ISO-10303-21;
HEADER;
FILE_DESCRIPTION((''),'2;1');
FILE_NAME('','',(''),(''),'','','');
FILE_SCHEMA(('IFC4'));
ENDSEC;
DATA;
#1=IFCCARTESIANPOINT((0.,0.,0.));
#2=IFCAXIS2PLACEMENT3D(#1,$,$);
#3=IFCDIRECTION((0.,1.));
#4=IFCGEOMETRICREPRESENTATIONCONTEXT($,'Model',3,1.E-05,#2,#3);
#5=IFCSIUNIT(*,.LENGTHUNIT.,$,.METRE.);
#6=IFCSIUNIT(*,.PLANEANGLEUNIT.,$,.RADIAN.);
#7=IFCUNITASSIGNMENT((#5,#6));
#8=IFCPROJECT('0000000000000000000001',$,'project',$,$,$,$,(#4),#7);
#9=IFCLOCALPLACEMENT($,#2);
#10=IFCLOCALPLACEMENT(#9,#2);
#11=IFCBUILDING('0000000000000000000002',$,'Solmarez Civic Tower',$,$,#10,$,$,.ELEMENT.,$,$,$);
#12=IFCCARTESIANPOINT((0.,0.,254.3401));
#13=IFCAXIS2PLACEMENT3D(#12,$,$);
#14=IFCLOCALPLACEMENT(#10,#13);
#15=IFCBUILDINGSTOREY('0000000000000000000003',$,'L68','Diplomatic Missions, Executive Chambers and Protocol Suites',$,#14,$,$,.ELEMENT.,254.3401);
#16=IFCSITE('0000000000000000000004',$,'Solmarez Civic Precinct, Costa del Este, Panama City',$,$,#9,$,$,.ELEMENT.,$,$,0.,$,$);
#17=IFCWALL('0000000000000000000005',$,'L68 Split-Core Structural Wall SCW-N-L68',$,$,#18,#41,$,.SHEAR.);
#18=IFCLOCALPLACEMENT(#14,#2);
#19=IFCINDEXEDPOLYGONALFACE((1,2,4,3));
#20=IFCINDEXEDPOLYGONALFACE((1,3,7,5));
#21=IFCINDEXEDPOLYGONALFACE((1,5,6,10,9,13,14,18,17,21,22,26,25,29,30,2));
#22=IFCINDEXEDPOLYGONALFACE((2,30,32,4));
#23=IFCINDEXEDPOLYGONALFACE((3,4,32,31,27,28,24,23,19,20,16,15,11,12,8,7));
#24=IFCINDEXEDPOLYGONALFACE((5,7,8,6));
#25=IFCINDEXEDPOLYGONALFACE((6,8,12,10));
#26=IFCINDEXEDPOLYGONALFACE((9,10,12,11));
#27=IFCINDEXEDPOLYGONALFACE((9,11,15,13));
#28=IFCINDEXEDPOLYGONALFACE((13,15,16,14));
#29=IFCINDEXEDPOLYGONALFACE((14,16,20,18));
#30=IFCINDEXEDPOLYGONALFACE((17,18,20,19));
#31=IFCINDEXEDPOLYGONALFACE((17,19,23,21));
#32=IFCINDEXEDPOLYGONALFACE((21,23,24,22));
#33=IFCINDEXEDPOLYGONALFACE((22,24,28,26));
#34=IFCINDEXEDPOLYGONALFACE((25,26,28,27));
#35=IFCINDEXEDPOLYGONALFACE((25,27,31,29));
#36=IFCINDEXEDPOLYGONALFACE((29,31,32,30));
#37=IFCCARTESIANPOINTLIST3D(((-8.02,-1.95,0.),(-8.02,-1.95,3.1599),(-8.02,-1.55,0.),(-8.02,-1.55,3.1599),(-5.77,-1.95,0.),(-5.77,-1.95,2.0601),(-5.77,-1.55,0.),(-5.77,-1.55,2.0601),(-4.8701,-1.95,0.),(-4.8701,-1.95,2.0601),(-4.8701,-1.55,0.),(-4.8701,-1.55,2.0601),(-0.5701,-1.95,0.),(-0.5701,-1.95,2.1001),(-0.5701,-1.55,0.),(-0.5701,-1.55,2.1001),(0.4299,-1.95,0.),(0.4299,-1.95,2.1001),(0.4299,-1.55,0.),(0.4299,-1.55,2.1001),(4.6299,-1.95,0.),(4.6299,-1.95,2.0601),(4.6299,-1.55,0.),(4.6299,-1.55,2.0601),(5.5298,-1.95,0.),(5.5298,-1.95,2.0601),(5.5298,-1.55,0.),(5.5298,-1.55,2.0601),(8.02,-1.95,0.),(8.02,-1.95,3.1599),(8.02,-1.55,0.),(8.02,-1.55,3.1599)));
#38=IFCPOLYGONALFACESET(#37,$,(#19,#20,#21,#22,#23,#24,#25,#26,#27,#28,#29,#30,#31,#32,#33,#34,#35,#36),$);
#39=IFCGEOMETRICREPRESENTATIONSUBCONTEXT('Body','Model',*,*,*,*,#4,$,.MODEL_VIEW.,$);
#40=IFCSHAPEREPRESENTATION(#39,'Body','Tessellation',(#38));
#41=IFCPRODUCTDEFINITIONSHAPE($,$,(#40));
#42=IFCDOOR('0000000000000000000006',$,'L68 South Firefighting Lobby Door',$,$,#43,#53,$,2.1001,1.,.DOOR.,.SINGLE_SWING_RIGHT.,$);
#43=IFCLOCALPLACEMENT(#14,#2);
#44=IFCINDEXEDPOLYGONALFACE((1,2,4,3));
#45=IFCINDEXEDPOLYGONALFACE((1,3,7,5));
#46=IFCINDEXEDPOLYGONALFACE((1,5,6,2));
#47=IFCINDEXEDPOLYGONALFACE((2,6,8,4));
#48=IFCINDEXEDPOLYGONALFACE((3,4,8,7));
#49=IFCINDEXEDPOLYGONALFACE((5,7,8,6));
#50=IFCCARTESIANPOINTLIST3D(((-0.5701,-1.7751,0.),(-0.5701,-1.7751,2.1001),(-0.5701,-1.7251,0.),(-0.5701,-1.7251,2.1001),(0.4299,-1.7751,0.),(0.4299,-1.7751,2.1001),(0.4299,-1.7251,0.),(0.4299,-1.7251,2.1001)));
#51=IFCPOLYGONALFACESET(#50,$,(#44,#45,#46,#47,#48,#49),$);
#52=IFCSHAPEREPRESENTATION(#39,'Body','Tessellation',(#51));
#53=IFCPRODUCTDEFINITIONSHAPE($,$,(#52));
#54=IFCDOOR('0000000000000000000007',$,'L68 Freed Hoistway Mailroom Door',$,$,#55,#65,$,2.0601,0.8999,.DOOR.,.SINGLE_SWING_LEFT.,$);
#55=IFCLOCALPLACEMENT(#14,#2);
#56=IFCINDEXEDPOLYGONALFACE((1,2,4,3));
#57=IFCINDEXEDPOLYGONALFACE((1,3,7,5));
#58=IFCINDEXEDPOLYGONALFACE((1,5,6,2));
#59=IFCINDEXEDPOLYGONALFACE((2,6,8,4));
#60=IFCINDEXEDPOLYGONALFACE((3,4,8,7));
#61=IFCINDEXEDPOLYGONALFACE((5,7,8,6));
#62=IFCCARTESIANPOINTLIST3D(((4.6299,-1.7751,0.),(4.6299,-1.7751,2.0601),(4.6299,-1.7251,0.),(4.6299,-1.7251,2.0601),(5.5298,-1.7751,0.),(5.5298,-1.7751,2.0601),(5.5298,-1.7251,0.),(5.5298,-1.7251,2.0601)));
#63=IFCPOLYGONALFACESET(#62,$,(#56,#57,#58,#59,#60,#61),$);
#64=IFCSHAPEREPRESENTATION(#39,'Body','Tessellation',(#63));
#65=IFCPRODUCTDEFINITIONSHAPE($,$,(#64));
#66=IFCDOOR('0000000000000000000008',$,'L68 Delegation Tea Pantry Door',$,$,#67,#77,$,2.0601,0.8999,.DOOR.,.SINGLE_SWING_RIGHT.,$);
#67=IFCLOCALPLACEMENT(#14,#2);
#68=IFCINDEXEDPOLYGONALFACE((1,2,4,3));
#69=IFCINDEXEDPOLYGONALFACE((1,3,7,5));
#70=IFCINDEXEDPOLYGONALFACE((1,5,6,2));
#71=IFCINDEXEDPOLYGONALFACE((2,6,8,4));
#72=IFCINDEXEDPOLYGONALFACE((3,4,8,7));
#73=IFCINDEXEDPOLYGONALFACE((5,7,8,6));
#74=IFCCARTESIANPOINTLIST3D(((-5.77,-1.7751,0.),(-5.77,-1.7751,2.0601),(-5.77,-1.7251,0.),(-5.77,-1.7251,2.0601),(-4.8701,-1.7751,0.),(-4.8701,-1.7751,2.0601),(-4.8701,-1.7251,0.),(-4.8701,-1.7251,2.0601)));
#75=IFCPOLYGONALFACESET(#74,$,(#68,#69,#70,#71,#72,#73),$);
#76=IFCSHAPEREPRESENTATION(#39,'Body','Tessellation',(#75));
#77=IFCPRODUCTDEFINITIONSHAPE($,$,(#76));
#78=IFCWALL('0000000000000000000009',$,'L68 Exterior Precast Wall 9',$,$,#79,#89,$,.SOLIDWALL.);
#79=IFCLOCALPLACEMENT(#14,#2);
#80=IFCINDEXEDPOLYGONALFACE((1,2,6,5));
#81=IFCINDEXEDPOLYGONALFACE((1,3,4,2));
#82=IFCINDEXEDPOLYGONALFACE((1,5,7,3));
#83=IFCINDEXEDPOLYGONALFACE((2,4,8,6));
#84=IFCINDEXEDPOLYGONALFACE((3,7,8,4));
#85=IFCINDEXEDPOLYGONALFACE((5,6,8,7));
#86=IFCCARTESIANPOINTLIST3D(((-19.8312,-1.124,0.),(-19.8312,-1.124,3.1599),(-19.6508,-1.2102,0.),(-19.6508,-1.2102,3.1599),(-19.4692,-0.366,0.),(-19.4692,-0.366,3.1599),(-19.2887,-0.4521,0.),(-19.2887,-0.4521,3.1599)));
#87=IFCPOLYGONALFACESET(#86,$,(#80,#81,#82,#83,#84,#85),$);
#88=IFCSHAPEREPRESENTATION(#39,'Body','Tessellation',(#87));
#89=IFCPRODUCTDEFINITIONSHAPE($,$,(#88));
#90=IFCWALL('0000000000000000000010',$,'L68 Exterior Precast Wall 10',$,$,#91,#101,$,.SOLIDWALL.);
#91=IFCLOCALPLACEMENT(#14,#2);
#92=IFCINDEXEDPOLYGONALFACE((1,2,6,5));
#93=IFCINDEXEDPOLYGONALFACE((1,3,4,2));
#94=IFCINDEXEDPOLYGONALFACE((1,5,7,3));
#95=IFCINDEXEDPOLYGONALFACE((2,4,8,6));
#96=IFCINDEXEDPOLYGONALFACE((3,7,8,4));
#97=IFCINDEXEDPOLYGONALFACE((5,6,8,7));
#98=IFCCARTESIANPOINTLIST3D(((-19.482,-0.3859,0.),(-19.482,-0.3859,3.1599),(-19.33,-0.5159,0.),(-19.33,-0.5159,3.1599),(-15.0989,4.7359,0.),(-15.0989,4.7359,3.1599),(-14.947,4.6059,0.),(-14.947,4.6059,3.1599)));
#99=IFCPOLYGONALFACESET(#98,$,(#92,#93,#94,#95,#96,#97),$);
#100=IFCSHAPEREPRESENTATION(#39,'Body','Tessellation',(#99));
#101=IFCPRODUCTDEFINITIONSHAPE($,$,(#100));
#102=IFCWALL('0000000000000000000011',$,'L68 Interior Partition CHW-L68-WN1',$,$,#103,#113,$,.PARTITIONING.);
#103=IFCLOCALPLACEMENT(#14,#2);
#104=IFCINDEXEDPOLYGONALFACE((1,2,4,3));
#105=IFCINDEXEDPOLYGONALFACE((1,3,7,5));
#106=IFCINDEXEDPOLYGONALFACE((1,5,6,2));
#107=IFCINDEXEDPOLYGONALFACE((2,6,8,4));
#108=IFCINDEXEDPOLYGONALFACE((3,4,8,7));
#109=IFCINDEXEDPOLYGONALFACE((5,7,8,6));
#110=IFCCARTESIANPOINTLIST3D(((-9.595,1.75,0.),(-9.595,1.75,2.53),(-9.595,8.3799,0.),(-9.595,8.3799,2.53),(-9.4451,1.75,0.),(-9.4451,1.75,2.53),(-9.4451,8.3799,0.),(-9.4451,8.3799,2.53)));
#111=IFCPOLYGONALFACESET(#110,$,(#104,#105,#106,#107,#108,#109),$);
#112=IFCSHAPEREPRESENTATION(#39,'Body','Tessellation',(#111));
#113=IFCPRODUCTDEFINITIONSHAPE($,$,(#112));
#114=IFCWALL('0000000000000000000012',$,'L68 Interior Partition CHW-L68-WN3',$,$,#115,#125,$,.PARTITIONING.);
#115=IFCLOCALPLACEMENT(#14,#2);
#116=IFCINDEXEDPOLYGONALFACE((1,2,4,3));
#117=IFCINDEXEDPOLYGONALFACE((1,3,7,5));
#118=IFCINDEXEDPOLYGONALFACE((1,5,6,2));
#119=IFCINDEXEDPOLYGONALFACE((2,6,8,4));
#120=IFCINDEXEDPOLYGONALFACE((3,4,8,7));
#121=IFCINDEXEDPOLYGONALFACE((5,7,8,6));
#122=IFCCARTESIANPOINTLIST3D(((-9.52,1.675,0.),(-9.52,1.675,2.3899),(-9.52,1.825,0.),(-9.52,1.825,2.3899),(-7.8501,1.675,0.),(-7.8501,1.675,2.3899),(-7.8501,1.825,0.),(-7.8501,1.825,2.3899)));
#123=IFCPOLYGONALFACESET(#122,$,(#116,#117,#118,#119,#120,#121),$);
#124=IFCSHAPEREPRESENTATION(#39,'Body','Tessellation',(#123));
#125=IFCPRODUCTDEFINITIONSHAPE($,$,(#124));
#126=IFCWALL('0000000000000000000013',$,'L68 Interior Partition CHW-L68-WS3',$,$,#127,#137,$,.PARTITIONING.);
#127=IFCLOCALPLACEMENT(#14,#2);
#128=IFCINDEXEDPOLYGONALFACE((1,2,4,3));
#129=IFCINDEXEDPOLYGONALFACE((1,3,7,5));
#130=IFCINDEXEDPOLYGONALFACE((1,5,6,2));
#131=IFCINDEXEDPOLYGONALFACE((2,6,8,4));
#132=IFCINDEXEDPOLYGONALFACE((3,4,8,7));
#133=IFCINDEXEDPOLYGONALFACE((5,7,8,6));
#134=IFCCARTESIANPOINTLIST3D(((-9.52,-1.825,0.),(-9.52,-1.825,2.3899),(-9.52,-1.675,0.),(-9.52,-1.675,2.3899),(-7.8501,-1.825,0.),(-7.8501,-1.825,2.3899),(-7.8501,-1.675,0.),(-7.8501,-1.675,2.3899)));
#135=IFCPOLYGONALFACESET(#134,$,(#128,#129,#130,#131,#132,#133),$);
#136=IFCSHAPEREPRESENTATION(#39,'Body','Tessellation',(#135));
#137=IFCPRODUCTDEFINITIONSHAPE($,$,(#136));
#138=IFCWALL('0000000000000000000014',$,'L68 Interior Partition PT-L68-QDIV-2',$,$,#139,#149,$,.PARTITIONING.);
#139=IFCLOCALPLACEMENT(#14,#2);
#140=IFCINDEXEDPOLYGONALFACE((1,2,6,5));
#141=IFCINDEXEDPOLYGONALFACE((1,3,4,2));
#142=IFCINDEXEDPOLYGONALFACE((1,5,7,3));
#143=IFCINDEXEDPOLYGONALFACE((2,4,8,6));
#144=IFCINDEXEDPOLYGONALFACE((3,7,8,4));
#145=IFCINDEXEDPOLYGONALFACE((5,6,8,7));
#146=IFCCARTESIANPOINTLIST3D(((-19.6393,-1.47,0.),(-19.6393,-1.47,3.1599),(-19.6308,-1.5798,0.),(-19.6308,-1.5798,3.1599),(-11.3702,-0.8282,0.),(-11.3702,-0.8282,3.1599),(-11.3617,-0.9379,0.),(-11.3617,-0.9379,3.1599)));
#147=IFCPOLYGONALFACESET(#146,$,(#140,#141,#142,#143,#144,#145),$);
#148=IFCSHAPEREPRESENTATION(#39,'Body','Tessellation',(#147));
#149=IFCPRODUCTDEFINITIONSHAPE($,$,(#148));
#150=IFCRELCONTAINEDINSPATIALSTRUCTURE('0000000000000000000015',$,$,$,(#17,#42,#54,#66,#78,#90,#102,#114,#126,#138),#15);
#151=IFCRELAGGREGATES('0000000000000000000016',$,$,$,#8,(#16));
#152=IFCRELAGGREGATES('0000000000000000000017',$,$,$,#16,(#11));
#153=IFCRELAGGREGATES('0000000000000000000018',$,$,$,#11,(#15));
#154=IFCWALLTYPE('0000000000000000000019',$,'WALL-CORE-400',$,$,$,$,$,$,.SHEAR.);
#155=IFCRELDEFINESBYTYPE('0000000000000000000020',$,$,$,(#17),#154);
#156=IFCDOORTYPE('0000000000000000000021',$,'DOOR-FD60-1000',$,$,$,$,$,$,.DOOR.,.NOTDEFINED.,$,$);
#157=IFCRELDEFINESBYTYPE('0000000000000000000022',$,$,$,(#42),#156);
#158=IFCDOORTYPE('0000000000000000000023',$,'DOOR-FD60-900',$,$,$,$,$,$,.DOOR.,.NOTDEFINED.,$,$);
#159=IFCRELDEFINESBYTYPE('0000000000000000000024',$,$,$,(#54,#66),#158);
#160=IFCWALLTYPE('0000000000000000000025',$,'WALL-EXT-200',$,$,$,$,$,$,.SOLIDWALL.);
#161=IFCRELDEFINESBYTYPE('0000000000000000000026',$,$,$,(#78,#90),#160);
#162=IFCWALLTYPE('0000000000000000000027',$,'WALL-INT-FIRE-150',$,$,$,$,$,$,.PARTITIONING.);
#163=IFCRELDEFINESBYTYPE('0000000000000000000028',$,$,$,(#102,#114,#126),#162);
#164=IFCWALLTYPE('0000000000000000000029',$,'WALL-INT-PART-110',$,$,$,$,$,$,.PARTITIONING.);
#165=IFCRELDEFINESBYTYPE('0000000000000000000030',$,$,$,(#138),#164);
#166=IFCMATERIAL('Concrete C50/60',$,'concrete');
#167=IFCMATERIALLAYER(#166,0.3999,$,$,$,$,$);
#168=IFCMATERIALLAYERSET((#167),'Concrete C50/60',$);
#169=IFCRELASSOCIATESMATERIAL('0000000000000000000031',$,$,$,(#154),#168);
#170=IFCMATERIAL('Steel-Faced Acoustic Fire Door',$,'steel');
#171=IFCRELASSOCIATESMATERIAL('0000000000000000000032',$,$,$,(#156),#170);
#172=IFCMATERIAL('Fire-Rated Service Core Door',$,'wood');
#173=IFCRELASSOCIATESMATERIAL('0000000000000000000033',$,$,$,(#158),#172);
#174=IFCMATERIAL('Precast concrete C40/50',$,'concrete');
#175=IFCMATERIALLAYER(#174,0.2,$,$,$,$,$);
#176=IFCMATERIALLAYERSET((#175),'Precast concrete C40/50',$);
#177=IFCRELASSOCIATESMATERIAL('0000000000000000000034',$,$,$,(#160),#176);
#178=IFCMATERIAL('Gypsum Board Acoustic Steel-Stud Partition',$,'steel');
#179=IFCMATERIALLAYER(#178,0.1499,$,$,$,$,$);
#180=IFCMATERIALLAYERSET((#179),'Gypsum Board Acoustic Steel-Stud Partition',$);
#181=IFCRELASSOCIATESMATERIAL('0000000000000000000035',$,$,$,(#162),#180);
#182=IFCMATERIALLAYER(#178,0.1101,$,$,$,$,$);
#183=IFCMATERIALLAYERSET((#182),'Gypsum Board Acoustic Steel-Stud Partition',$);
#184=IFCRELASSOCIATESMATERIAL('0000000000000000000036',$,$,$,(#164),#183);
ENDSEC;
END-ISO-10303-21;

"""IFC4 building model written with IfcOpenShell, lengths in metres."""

from ifc_helpers import new_model, si_unit, direction, frame, frame_2d, origin, place, context, subcontext, project, spatial, rectangle, extrude, material, layer, layer_set, type_object, element, fill, save


model = new_model("IFC4")

# Units and contexts
model_context = context("Model", 3, precision=1e-05, world=origin(), true_north=direction((0.0, 1.0)))
body_context = subcontext(model_context, "Body", "Model", "MODEL_VIEW")
ifc_project = project(units=[si_unit("LENGTHUNIT", "METRE"), si_unit("PLANEANGLEUNIT", "RADIAN")], contexts=[model_context])

# Site, building, storey
site_placement = place(None, origin())
site = spatial("IfcSite", under=ifc_project, at=site_placement, Name="Solmarez Civic Precinct, Costa del Este, Panama City", CompositionType="ELEMENT", RefElevation=0.0)
building_placement = place(site_placement, origin())
building = spatial("IfcBuilding", under=site, at=building_placement, Name="Solmarez Civic Tower", CompositionType="ELEMENT")
storey_placement = place(building_placement, frame((0.0, 0.0, 254.3401)))
storey = spatial("IfcBuildingStorey", under=building, at=storey_placement, Name="L68", Description="Diplomatic Missions, Executive Chambers and Protocol Suites", CompositionType="ELEMENT", Elevation=254.3401)

# Shared definitions
ifc_material_1 = material(Name="Concrete C50/60", Category="concrete")

# Shared definitions
ifc_layer_1 = layer(ifc_material_1, 0.3999)
ifc_layer_set_1 = layer_set([ifc_layer_1], Name="Concrete C50/60")
wall_type_1 = type_object("IfcWallType", Name="WALL-CORE-400", PredefinedType="SHEAR", material=ifc_layer_set_1)

# Wall, openings, doors
wall_1_placement = place(storey_placement, frame((-8.02, -1.75, 0.0), z_axis=(0.0, 0.0, 1.0), x_axis=(1.0, 0.0, 0.0)))
wall_1 = element("IfcWall", 1, at=wall_1_placement, inside=storey, type_object=wall_type_1, Name="L68 Split-Core Structural Wall SCW-N-L68", PredefinedType="SHEAR", context=body_context, shape_type="SweptSolid", body=[
    extrude(rectangle(XDim=16.04, YDim=0.3999, at=frame_2d((8.02, 0.0))), origin(), (0.0, 0.0, 1.0), 3.1599),
])
opening_1_placement = place(wall_1_placement, frame((7.45, 0.0, 0.0)))
opening_1 = element("IfcOpeningElement", 2, at=opening_1_placement, cuts=wall_1, PredefinedType="OPENING", context=body_context, shape_type="SweptSolid", body=[
    extrude(rectangle(XDim=1.0, YDim=2.1001, at=frame_2d((0.5, 1.05))), frame((0.0, 0.21, 0.0), z_axis=(0.0, -1.0, 0.0), x_axis=(1.0, 0.0, 0.0)), (0.0, 0.0, 1.0), 0.4199),
])
opening_2_placement = place(wall_1_placement, frame((12.6499, 0.0, 0.0)))
opening_2 = element("IfcOpeningElement", 3, at=opening_2_placement, cuts=wall_1, PredefinedType="OPENING", context=body_context, shape_type="SweptSolid", body=[
    extrude(rectangle(XDim=0.8999, YDim=2.0601, at=frame_2d((0.45, 1.03))), frame((0.0, 0.21, 0.0), z_axis=(0.0, -1.0, 0.0), x_axis=(1.0, 0.0, 0.0)), (0.0, 0.0, 1.0), 0.4199),
])
opening_3_placement = place(wall_1_placement, frame((2.25, 0.0, 0.0)))
opening_3 = element("IfcOpeningElement", 4, at=opening_3_placement, cuts=wall_1, PredefinedType="OPENING", context=body_context, shape_type="SweptSolid", body=[
    extrude(rectangle(XDim=0.8999, YDim=2.0601, at=frame_2d((0.45, 1.03))), frame((0.0, 0.21, 0.0), z_axis=(0.0, -1.0, 0.0), x_axis=(1.0, 0.0, 0.0)), (0.0, 0.0, 1.0), 0.4199),
])
ifc_material_2 = material(Name="Steel-Faced Acoustic Fire Door", Category="steel")
door_type_1 = type_object("IfcDoorType", Name="DOOR-FD60-1000", OperationType="NOTDEFINED", PredefinedType="DOOR", material=ifc_material_2)
door_1_placement = place(opening_1_placement, origin())
door_1 = element("IfcDoor", 5, at=door_1_placement, inside=storey, type_object=door_type_1, Name="L68 South Firefighting Lobby Door", OperationType="SINGLE_SWING_RIGHT", OverallHeight=2.1001, OverallWidth=1.0, PredefinedType="DOOR", context=body_context, shape_type="SweptSolid", body=[
    extrude(rectangle(XDim=1.0, YDim=2.1001, at=frame_2d((0.5, 1.05))), frame((0.0, 0.0249, 0.0), z_axis=(0.0, -1.0, 0.0), x_axis=(1.0, 0.0, 0.0)), (0.0, 0.0, 1.0), 0.05),
])
fill(opening_1, door_1)
ifc_material_3 = material(Name="Fire-Rated Service Core Door", Category="wood")
door_type_2 = type_object("IfcDoorType", Name="DOOR-FD60-900", OperationType="NOTDEFINED", PredefinedType="DOOR", material=ifc_material_3)
door_2_placement = place(opening_2_placement, origin())
door_2 = element("IfcDoor", 6, at=door_2_placement, inside=storey, type_object=door_type_2, Name="L68 Freed Hoistway Mailroom Door", OperationType="SINGLE_SWING_LEFT", OverallHeight=2.0601, OverallWidth=0.8999, PredefinedType="DOOR", context=body_context, shape_type="SweptSolid", body=[
    extrude(rectangle(XDim=0.8999, YDim=2.0601, at=frame_2d((0.45, 1.03))), frame((0.0, 0.0249, 0.0), z_axis=(0.0, -1.0, 0.0), x_axis=(1.0, 0.0, 0.0)), (0.0, 0.0, 1.0), 0.05),
])
fill(opening_2, door_2)
door_3_placement = place(opening_3_placement, origin())
door_3 = element("IfcDoor", 7, at=door_3_placement, inside=storey, type_object=door_type_2, Name="L68 Delegation Tea Pantry Door", OperationType="SINGLE_SWING_RIGHT", OverallHeight=2.0601, OverallWidth=0.8999, PredefinedType="DOOR", context=body_context, shape_type="SweptSolid", body=[
    extrude(rectangle(XDim=0.8999, YDim=2.0601, at=frame_2d((0.45, 1.03))), frame((0.0, 0.0249, 0.0), z_axis=(0.0, -1.0, 0.0), x_axis=(1.0, 0.0, 0.0)), (0.0, 0.0, 1.0), 0.05),
])
fill(opening_3, door_3)

# Walls
ifc_material_4 = material(Name="Precast concrete C40/50", Category="concrete")
ifc_layer_2 = layer(ifc_material_4, 0.2)
ifc_layer_set_2 = layer_set([ifc_layer_2], Name="Precast concrete C40/50")
wall_type_2 = type_object("IfcWallType", Name="WALL-EXT-200", PredefinedType="SOLIDWALL", material=ifc_layer_set_2)
wall_2_placement = place(storey_placement, frame((-19.741, -1.167, 0.0), z_axis=(0.0, 0.0, 1.0), x_axis=(0.430982, 0.90236, 0.0)))
element("IfcWall", 8, at=wall_2_placement, inside=storey, type_object=wall_type_2, Name="L68 Exterior Precast Wall 9", PredefinedType="SOLIDWALL", context=body_context, shape_type="SweptSolid", body=[
    extrude(rectangle(XDim=0.8401, YDim=0.2, at=frame_2d((0.4199, 0.0))), origin(), (0.0, 0.0, 1.0), 3.1599),
])
wall_3_placement = place(storey_placement, frame((-19.406, -0.4509, 0.0), z_axis=(0.0, 0.0, 1.0), x_axis=(0.650186, 0.759775, 0.0)))
element("IfcWall", 9, at=wall_3_placement, inside=storey, type_object=wall_type_2, Name="L68 Exterior Precast Wall 10", PredefinedType="SOLIDWALL", context=body_context, shape_type="SweptSolid", body=[
    extrude(rectangle(XDim=6.7412, YDim=0.2, at=frame_2d((3.3706, 0.0))), origin(), (0.0, 0.0, 1.0), 3.1599),
])
ifc_material_5 = material(Name="Gypsum Board Acoustic Steel-Stud Partition", Category="steel")
ifc_layer_3 = layer(ifc_material_5, 0.1499)
ifc_layer_set_3 = layer_set([ifc_layer_3], Name="Gypsum Board Acoustic Steel-Stud Partition")
wall_type_3 = type_object("IfcWallType", Name="WALL-INT-FIRE-150", PredefinedType="PARTITIONING", material=ifc_layer_set_3)
wall_4_placement = place(storey_placement, frame((-9.52, 1.75, 0.0), z_axis=(0.0, 0.0, 1.0), x_axis=(0.0, 1.0, 0.0)))
element("IfcWall", 10, at=wall_4_placement, inside=storey, type_object=wall_type_3, Name="L68 Interior Partition CHW-L68-WN1", PredefinedType="PARTITIONING", context=body_context, shape_type="SweptSolid", body=[
    extrude(rectangle(XDim=6.6299, YDim=0.1499, at=frame_2d((3.3149, 0.0))), origin(), (0.0, 0.0, 1.0), 2.53),
])
for number, where, z_axis, x_axis, name in (
    (11, (-7.8501, 1.75, 0.0), (0.0, 0.0, 1.0), (-1.0, 0.0, 0.0), "L68 Interior Partition CHW-L68-WN3"),
    (12, (-7.8501, -1.75, 0.0), (0.0, 0.0, 1.0), (-1.0, 0.0, 0.0), "L68 Interior Partition CHW-L68-WS3"),
):
    element("IfcWall", number, at=place(storey_placement, frame(where, z_axis=z_axis, x_axis=x_axis)), inside=storey, type_object=wall_type_3, Name=name, PredefinedType="PARTITIONING", context=body_context, shape_type="SweptSolid", body=[
        extrude(rectangle(XDim=1.6699, YDim=0.1499, at=frame_2d((0.835, 0.0))), origin(), (0.0, 0.0, 1.0), 2.3899),
    ])
ifc_layer_4 = layer(ifc_material_5, 0.1101)
ifc_layer_set_4 = layer_set([ifc_layer_4], Name="Gypsum Board Acoustic Steel-Stud Partition")
wall_type_4 = type_object("IfcWallType", Name="WALL-INT-PART-110", PredefinedType="PARTITIONING", material=ifc_layer_set_4)
wall_5_placement = place(storey_placement, frame((-11.366, -0.8831, 0.0), z_axis=(0.0, 0.0, 1.0), x_axis=(-0.997001, -0.077388, 0.0)))
element("IfcWall", 13, at=wall_5_placement, inside=storey, type_object=wall_type_4, Name="L68 Interior Partition PT-L68-QDIV-2", PredefinedType="PARTITIONING", context=body_context, shape_type="SweptSolid", body=[
    extrude(rectangle(XDim=8.2939, YDim=0.1101, at=frame_2d((4.147, 0.0))), origin(), (0.0, 0.0, 1.0), 3.1599),
])

save(model, "model.ifc")
